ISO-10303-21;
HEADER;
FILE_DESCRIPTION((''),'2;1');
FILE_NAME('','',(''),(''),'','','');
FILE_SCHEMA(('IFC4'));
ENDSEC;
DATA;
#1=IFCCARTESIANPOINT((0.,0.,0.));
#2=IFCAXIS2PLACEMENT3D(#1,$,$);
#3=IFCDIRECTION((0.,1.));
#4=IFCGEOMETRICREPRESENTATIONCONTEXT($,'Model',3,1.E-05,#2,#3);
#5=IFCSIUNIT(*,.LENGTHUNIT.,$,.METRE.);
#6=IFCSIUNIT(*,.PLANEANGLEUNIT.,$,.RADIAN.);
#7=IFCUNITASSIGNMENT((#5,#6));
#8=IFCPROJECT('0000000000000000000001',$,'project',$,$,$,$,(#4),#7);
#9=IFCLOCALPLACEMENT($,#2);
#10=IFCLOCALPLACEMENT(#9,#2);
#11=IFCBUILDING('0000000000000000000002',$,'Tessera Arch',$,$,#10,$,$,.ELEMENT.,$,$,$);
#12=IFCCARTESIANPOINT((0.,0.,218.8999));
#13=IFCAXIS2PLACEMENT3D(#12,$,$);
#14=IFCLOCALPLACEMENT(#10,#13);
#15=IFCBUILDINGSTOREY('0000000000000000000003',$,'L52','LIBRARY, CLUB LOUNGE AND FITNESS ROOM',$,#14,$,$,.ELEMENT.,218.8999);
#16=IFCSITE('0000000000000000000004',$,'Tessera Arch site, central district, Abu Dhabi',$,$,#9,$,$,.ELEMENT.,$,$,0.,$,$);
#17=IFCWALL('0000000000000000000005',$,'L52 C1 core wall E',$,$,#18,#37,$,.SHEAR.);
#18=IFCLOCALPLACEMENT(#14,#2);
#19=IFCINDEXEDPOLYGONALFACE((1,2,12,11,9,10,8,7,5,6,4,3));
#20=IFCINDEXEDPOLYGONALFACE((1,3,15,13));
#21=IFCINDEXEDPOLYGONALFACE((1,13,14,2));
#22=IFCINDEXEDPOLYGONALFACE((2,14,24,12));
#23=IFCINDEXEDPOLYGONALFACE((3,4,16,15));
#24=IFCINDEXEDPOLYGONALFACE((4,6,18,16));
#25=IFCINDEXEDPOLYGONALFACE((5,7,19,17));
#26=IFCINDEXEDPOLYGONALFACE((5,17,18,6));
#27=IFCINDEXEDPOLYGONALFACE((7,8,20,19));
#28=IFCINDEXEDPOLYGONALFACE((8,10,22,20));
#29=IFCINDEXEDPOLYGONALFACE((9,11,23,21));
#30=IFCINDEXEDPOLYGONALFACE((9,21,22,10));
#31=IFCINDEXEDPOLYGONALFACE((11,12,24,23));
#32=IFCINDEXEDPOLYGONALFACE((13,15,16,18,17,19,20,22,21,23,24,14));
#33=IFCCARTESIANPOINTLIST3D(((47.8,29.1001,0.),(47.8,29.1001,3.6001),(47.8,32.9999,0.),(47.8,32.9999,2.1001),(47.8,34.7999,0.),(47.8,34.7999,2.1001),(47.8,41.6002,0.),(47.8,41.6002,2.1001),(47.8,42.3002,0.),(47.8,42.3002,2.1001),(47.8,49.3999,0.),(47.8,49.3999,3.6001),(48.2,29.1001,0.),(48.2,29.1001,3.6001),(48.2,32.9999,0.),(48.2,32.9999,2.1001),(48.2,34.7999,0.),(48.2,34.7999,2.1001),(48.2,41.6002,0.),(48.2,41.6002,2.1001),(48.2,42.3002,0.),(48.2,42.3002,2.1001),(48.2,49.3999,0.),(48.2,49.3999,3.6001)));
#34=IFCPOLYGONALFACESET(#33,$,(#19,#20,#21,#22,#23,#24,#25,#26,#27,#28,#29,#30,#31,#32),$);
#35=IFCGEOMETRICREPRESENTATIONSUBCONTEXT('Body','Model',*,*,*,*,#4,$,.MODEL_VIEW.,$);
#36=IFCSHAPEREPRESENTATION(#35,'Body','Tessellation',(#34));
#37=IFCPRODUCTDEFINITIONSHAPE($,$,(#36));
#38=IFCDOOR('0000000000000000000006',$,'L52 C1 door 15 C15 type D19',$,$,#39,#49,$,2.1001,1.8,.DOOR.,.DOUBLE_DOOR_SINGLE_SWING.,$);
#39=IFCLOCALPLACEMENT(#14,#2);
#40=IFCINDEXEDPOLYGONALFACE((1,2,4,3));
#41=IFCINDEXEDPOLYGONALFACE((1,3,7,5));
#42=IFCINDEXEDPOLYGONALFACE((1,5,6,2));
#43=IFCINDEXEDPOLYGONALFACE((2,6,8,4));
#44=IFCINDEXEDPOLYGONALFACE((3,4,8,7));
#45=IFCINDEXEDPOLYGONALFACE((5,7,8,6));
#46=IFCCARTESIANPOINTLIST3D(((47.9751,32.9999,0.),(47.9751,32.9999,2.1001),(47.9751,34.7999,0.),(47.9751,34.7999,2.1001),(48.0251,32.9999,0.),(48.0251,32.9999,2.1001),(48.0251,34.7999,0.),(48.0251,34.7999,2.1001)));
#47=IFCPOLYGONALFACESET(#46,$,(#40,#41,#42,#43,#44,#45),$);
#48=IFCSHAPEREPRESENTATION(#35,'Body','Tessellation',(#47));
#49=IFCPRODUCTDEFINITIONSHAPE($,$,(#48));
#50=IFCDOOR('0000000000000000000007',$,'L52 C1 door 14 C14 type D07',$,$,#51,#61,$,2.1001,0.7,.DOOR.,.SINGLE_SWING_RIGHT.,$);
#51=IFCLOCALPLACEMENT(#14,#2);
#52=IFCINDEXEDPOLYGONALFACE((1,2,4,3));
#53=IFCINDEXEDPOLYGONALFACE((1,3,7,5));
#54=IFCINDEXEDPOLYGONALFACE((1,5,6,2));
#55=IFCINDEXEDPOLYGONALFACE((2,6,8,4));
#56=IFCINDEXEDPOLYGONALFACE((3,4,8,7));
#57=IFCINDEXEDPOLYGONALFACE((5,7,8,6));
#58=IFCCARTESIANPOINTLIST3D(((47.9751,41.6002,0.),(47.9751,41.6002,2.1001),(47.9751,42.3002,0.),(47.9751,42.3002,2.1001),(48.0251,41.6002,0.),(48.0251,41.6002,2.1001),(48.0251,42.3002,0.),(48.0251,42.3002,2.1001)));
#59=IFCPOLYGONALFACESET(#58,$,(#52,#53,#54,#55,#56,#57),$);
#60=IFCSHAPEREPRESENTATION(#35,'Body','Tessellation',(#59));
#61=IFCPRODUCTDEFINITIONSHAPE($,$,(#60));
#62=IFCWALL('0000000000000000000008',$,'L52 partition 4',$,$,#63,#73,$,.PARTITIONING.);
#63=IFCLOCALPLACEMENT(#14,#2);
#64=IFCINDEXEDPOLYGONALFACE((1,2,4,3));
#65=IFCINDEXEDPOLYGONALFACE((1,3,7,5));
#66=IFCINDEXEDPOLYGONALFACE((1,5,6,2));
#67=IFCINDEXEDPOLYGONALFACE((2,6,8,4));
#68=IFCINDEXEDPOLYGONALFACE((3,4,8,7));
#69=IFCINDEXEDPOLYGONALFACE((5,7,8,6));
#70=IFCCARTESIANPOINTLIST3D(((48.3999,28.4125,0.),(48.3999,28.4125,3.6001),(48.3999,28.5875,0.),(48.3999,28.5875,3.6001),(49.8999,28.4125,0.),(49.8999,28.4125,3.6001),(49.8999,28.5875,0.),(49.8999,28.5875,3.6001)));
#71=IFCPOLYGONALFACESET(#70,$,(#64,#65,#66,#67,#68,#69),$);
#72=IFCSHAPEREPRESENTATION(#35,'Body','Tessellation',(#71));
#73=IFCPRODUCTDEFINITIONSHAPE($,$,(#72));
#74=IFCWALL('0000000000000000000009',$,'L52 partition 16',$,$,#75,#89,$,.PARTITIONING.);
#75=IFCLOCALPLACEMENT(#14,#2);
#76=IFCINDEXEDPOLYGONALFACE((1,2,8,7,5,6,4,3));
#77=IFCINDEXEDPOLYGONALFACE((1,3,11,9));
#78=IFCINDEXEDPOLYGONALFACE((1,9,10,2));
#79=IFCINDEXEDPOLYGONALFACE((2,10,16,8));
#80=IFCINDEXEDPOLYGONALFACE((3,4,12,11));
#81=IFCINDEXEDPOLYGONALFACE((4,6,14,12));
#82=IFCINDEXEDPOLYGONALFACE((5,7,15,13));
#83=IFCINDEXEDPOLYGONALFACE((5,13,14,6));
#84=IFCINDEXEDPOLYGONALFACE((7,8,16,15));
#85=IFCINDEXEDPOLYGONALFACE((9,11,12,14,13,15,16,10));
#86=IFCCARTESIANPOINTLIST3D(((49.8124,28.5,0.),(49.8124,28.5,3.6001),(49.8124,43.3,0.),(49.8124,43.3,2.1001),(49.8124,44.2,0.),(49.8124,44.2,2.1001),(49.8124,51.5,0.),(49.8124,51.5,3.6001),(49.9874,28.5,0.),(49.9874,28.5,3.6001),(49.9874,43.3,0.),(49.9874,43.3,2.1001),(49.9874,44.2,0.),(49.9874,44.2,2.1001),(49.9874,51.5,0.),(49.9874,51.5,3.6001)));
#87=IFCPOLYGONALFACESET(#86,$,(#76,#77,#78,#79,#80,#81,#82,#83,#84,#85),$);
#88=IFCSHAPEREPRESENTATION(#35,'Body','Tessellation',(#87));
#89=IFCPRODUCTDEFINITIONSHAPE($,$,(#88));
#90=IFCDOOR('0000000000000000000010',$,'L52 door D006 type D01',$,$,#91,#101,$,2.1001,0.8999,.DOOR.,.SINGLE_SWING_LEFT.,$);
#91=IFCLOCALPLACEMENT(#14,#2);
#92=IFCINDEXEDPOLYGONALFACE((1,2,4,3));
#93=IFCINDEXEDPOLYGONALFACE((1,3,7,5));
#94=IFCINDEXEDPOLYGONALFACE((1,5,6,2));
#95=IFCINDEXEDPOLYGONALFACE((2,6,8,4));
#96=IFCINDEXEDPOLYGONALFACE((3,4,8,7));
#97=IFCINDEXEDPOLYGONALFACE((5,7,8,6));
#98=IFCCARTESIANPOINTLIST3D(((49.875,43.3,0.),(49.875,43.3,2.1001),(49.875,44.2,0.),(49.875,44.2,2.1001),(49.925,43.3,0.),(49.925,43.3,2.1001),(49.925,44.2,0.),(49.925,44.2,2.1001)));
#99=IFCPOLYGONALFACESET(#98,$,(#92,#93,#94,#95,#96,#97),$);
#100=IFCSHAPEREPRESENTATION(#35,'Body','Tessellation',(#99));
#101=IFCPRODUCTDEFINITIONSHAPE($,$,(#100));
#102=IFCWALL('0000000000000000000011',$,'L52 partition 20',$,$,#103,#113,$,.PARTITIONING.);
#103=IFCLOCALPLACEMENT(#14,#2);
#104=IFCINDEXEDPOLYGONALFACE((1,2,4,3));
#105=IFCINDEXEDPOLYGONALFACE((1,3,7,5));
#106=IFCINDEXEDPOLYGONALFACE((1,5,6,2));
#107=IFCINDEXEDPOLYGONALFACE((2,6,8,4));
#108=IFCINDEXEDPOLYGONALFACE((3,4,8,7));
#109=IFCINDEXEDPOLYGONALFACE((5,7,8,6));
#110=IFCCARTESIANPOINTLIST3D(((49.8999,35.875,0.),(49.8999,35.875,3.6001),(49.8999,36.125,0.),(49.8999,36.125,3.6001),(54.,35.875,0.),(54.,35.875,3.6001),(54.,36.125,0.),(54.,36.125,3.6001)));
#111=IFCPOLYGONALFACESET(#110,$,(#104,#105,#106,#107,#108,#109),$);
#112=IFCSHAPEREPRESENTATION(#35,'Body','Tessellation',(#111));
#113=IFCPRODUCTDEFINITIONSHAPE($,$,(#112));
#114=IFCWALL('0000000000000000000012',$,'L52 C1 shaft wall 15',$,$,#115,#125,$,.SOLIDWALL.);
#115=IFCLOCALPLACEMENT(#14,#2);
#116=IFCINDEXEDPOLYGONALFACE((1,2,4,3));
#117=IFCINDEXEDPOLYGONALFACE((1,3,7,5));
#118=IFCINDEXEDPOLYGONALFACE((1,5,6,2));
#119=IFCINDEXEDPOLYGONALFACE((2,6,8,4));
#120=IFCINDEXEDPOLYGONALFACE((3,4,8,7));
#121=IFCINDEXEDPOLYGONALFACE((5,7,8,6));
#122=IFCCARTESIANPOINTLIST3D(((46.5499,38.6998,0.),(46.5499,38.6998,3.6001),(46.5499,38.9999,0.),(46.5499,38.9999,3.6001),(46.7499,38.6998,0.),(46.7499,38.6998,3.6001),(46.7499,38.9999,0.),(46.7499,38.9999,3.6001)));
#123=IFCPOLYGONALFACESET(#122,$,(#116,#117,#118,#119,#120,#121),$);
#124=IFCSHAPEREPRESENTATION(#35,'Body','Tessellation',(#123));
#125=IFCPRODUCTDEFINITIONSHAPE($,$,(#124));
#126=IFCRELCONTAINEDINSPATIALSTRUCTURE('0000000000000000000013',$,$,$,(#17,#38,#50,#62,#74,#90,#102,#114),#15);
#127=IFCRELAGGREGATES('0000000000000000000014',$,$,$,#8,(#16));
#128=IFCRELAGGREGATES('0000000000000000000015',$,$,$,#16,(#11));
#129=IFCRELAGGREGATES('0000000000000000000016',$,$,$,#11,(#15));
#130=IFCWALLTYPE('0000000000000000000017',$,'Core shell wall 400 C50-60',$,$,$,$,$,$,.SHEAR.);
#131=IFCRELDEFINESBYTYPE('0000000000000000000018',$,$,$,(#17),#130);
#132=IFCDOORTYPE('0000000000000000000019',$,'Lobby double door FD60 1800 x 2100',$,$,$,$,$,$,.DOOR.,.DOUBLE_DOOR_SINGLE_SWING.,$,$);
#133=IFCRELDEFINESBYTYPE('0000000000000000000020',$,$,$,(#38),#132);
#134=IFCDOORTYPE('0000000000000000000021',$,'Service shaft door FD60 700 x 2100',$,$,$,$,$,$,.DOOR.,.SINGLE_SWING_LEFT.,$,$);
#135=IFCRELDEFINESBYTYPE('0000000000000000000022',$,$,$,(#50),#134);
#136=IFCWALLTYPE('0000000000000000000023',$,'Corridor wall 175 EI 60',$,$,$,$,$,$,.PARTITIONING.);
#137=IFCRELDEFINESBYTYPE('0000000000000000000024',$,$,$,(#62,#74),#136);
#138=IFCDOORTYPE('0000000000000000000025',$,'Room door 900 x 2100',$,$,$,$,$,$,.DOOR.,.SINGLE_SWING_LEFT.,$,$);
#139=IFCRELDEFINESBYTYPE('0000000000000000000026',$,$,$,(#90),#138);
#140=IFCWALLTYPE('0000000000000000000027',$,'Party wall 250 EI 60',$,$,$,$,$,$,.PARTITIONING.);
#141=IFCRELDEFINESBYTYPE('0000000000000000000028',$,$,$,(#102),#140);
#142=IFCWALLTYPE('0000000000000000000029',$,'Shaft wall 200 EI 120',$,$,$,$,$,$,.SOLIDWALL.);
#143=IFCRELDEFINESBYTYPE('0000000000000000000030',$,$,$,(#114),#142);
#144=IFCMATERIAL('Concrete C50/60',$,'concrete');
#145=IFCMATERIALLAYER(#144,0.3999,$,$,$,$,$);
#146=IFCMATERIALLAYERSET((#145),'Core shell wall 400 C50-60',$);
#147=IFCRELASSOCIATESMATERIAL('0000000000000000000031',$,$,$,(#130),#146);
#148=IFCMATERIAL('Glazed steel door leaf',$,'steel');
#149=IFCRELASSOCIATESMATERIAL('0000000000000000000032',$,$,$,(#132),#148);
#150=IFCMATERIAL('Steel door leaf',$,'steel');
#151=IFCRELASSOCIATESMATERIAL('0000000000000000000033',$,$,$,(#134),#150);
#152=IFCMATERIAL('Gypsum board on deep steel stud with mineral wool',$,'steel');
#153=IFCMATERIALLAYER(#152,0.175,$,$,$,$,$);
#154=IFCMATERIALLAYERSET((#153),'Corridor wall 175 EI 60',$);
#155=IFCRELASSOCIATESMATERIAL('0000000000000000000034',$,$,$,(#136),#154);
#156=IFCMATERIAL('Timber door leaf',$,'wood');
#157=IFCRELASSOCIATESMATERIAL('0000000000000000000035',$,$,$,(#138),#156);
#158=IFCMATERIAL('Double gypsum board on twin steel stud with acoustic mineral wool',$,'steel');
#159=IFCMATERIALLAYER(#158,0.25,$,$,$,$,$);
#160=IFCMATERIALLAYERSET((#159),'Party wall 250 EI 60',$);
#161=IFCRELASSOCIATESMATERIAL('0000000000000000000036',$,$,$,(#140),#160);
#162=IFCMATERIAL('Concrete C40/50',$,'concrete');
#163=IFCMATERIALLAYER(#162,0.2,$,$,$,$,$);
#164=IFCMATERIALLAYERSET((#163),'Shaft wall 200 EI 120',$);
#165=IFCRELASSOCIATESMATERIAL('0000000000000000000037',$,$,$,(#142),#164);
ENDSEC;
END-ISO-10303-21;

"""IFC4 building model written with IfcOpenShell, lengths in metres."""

from ifc_helpers import new_model, si_unit, direction, frame, frame_2d, origin, place, context, subcontext, project, spatial, rectangle, extrude, material, layer, layer_set, type_object, element, fill, save


model = new_model("IFC4")

# Units and contexts
model_context = context("Model", 3, precision=1e-05, world=origin(), true_north=direction((0.0, 1.0)))
body_context = subcontext(model_context, "Body", "Model", "MODEL_VIEW")
ifc_project = project(units=[si_unit("LENGTHUNIT", "METRE"), si_unit("PLANEANGLEUNIT", "RADIAN")], contexts=[model_context])

# Site, building, storey
site_placement = place(None, origin())
site = spatial("IfcSite", under=ifc_project, at=site_placement, Name="Tessera Arch site, central district, Abu Dhabi", CompositionType="ELEMENT", RefElevation=0.0)
building_placement = place(site_placement, origin())
building = spatial("IfcBuilding", under=site, at=building_placement, Name="Tessera Arch", CompositionType="ELEMENT")
storey_placement = place(building_placement, frame((0.0, 0.0, 218.8999)))
storey = spatial("IfcBuildingStorey", under=building, at=storey_placement, Name="L52", Description="LIBRARY, CLUB LOUNGE AND FITNESS ROOM", CompositionType="ELEMENT", Elevation=218.8999)

# Wall, openings, doors
ifc_material_1 = material(Name="Concrete C50/60", Category="concrete")
ifc_layer_1 = layer(ifc_material_1, 0.3999)
ifc_layer_set_1 = layer_set([ifc_layer_1], Name="Core shell wall 400 C50-60")
wall_type_1 = type_object("IfcWallType", Name="Core shell wall 400 C50-60", PredefinedType="SHEAR", material=ifc_layer_set_1)
wall_1_placement = place(storey_placement, frame((48.0, 29.1001, 0.0), z_axis=(0.0, 0.0, 1.0), x_axis=(0.0, 1.0, 0.0)))
wall_1 = element("IfcWall", 1, at=wall_1_placement, inside=storey, type_object=wall_type_1, Name="L52 C1 core wall E", PredefinedType="SHEAR", context=body_context, shape_type="SweptSolid", body=[
    extrude(rectangle(XDim=20.2998, YDim=0.3999, at=frame_2d((10.1499, 0.0))), origin(), (0.0, 0.0, 1.0), 3.6001),
])
opening_1_placement = place(wall_1_placement, frame((12.5, 0.0, 0.0)))
opening_1 = element("IfcOpeningElement", 2, at=opening_1_placement, cuts=wall_1, PredefinedType="OPENING", context=body_context, shape_type="SweptSolid", body=[
    extrude(rectangle(XDim=0.7, YDim=2.1001, at=frame_2d((0.3501, 1.05))), frame((0.0, 0.21, 0.0), z_axis=(0.0, -1.0, 0.0), x_axis=(1.0, 0.0, 0.0)), (0.0, 0.0, 1.0), 0.4199),
])
opening_2_placement = place(wall_1_placement, frame((3.8999, 0.0, 0.0)))
opening_2 = element("IfcOpeningElement", 3, at=opening_2_placement, cuts=wall_1, PredefinedType="OPENING", context=body_context, shape_type="SweptSolid", body=[
    extrude(rectangle(XDim=1.8, YDim=2.1001, at=frame_2d((0.8999, 1.05))), frame((0.0, 0.21, 0.0), z_axis=(0.0, -1.0, 0.0), x_axis=(1.0, 0.0, 0.0)), (0.0, 0.0, 1.0), 0.4199),
])
ifc_material_2 = material(Name="Glazed steel door leaf", Category="steel")
door_type_1 = type_object("IfcDoorType", Name="Lobby double door FD60 1800 x 2100", OperationType="DOUBLE_DOOR_SINGLE_SWING", PredefinedType="DOOR", material=ifc_material_2)
door_1_placement = place(opening_2_placement, origin())
door_1 = element("IfcDoor", 4, at=door_1_placement, inside=storey, type_object=door_type_1, Name="L52 C1 door 15 C15 type D19", OperationType="DOUBLE_DOOR_SINGLE_SWING", OverallHeight=2.1001, OverallWidth=1.8, PredefinedType="DOOR", context=body_context, shape_type="SweptSolid", body=[
    extrude(rectangle(XDim=1.8, YDim=2.1001, at=frame_2d((0.8999, 1.05))), frame((0.0, 0.0249, 0.0), z_axis=(0.0, -1.0, 0.0), x_axis=(1.0, 0.0, 0.0)), (0.0, 0.0, 1.0), 0.05),
])
fill(opening_2, door_1)
ifc_material_3 = material(Name="Steel door leaf", Category="steel")
door_type_2 = type_object("IfcDoorType", Name="Service shaft door FD60 700 x 2100", OperationType="SINGLE_SWING_LEFT", PredefinedType="DOOR", material=ifc_material_3)
door_2_placement = place(opening_1_placement, origin())
door_2 = element("IfcDoor", 5, at=door_2_placement, inside=storey, type_object=door_type_2, Name="L52 C1 door 14 C14 type D07", OperationType="SINGLE_SWING_RIGHT", OverallHeight=2.1001, OverallWidth=0.7, PredefinedType="DOOR", context=body_context, shape_type="SweptSolid", body=[
    extrude(rectangle(XDim=0.7, YDim=2.1001, at=frame_2d((0.3501, 1.05))), frame((0.0, 0.0249, 0.0), z_axis=(0.0, -1.0, 0.0), x_axis=(1.0, 0.0, 0.0)), (0.0, 0.0, 1.0), 0.05),
])
fill(opening_1, door_2)

# Wall
ifc_material_4 = material(Name="Gypsum board on deep steel stud with mineral wool", Category="steel")
ifc_layer_2 = layer(ifc_material_4, 0.175)
ifc_layer_set_2 = layer_set([ifc_layer_2], Name="Corridor wall 175 EI 60")
wall_type_2 = type_object("IfcWallType", Name="Corridor wall 175 EI 60", PredefinedType="PARTITIONING", material=ifc_layer_set_2)
wall_2_placement = place(storey_placement, frame((48.3999, 28.5, 0.0), z_axis=(0.0, 0.0, 1.0), x_axis=(1.0, 0.0, 0.0)))
element("IfcWall", 6, at=wall_2_placement, inside=storey, type_object=wall_type_2, Name="L52 partition 4", PredefinedType="PARTITIONING", context=body_context, shape_type="SweptSolid", body=[
    extrude(rectangle(XDim=1.5, YDim=0.175, at=frame_2d((0.75, 0.0))), origin(), (0.0, 0.0, 1.0), 3.6001),
])

# Wall, opening, door
wall_3_placement = place(storey_placement, frame((49.8999, 28.5, 0.0), z_axis=(0.0, 0.0, 1.0), x_axis=(0.0, 1.0, 0.0)))
wall_3 = element("IfcWall", 7, at=wall_3_placement, inside=storey, type_object=wall_type_2, Name="L52 partition 16", PredefinedType="PARTITIONING", context=body_context, shape_type="SweptSolid", body=[
    extrude(rectangle(XDim=23.0, YDim=0.175, at=frame_2d((11.5, 0.0))), origin(), (0.0, 0.0, 1.0), 3.6001),
])
opening_3_placement = place(wall_3_placement, frame((14.8, 0.0, 0.0)))
opening_3 = element("IfcOpeningElement", 8, at=opening_3_placement, cuts=wall_3, PredefinedType="OPENING", context=body_context, shape_type="SweptSolid", body=[
    extrude(rectangle(XDim=0.8999, YDim=2.1001, at=frame_2d((0.45, 1.05))), frame((0.0, 0.0974, 0.0), z_axis=(0.0, -1.0, 0.0), x_axis=(1.0, 0.0, 0.0)), (0.0, 0.0, 1.0), 0.1951),
])
ifc_material_5 = material(Name="Timber door leaf", Category="wood")
door_type_3 = type_object("IfcDoorType", Name="Room door 900 x 2100", OperationType="SINGLE_SWING_LEFT", PredefinedType="DOOR", material=ifc_material_5)
door_3_placement = place(opening_3_placement, origin())
door_3 = element("IfcDoor", 9, at=door_3_placement, inside=storey, type_object=door_type_3, Name="L52 door D006 type D01", OperationType="SINGLE_SWING_LEFT", OverallHeight=2.1001, OverallWidth=0.8999, PredefinedType="DOOR", context=body_context, shape_type="SweptSolid", body=[
    extrude(rectangle(XDim=0.8999, YDim=2.1001, at=frame_2d((0.45, 1.05))), frame((0.0, 0.0249, 0.0), z_axis=(0.0, -1.0, 0.0), x_axis=(1.0, 0.0, 0.0)), (0.0, 0.0, 1.0), 0.05),
])
fill(opening_3, door_3)

# Walls
ifc_material_6 = material(Name="Double gypsum board on twin steel stud with acoustic mineral wool", Category="steel")
ifc_layer_3 = layer(ifc_material_6, 0.25)
ifc_layer_set_3 = layer_set([ifc_layer_3], Name="Party wall 250 EI 60")
wall_type_3 = type_object("IfcWallType", Name="Party wall 250 EI 60", PredefinedType="PARTITIONING", material=ifc_layer_set_3)
wall_4_placement = place(storey_placement, frame((49.8999, 36.0, 0.0), z_axis=(0.0, 0.0, 1.0), x_axis=(1.0, 0.0, 0.0)))
element("IfcWall", 10, at=wall_4_placement, inside=storey, type_object=wall_type_3, Name="L52 partition 20", PredefinedType="PARTITIONING", context=body_context, shape_type="SweptSolid", body=[
    extrude(rectangle(XDim=4.1001, YDim=0.25, at=frame_2d((2.05, 0.0))), origin(), (0.0, 0.0, 1.0), 3.6001),
])
ifc_material_7 = material(Name="Concrete C40/50", Category="concrete")
ifc_layer_4 = layer(ifc_material_7, 0.2)
ifc_layer_set_4 = layer_set([ifc_layer_4], Name="Shaft wall 200 EI 120")
wall_type_4 = type_object("IfcWallType", Name="Shaft wall 200 EI 120", PredefinedType="SOLIDWALL", material=ifc_layer_set_4)
wall_5_placement = place(storey_placement, frame((46.6499, 38.7, 0.0), z_axis=(0.0, 0.0, 1.0), x_axis=(0.0, 1.0, 0.0)))
element("IfcWall", 11, at=wall_5_placement, inside=storey, type_object=wall_type_4, Name="L52 C1 shaft wall 15", PredefinedType="SOLIDWALL", context=body_context, shape_type="SweptSolid", body=[
    extrude(rectangle(XDim=0.3, YDim=0.2, at=frame_2d((0.1499, 0.0))), origin(), (0.0, 0.0, 1.0), 3.6001),
])

save(model, "model.ifc")
